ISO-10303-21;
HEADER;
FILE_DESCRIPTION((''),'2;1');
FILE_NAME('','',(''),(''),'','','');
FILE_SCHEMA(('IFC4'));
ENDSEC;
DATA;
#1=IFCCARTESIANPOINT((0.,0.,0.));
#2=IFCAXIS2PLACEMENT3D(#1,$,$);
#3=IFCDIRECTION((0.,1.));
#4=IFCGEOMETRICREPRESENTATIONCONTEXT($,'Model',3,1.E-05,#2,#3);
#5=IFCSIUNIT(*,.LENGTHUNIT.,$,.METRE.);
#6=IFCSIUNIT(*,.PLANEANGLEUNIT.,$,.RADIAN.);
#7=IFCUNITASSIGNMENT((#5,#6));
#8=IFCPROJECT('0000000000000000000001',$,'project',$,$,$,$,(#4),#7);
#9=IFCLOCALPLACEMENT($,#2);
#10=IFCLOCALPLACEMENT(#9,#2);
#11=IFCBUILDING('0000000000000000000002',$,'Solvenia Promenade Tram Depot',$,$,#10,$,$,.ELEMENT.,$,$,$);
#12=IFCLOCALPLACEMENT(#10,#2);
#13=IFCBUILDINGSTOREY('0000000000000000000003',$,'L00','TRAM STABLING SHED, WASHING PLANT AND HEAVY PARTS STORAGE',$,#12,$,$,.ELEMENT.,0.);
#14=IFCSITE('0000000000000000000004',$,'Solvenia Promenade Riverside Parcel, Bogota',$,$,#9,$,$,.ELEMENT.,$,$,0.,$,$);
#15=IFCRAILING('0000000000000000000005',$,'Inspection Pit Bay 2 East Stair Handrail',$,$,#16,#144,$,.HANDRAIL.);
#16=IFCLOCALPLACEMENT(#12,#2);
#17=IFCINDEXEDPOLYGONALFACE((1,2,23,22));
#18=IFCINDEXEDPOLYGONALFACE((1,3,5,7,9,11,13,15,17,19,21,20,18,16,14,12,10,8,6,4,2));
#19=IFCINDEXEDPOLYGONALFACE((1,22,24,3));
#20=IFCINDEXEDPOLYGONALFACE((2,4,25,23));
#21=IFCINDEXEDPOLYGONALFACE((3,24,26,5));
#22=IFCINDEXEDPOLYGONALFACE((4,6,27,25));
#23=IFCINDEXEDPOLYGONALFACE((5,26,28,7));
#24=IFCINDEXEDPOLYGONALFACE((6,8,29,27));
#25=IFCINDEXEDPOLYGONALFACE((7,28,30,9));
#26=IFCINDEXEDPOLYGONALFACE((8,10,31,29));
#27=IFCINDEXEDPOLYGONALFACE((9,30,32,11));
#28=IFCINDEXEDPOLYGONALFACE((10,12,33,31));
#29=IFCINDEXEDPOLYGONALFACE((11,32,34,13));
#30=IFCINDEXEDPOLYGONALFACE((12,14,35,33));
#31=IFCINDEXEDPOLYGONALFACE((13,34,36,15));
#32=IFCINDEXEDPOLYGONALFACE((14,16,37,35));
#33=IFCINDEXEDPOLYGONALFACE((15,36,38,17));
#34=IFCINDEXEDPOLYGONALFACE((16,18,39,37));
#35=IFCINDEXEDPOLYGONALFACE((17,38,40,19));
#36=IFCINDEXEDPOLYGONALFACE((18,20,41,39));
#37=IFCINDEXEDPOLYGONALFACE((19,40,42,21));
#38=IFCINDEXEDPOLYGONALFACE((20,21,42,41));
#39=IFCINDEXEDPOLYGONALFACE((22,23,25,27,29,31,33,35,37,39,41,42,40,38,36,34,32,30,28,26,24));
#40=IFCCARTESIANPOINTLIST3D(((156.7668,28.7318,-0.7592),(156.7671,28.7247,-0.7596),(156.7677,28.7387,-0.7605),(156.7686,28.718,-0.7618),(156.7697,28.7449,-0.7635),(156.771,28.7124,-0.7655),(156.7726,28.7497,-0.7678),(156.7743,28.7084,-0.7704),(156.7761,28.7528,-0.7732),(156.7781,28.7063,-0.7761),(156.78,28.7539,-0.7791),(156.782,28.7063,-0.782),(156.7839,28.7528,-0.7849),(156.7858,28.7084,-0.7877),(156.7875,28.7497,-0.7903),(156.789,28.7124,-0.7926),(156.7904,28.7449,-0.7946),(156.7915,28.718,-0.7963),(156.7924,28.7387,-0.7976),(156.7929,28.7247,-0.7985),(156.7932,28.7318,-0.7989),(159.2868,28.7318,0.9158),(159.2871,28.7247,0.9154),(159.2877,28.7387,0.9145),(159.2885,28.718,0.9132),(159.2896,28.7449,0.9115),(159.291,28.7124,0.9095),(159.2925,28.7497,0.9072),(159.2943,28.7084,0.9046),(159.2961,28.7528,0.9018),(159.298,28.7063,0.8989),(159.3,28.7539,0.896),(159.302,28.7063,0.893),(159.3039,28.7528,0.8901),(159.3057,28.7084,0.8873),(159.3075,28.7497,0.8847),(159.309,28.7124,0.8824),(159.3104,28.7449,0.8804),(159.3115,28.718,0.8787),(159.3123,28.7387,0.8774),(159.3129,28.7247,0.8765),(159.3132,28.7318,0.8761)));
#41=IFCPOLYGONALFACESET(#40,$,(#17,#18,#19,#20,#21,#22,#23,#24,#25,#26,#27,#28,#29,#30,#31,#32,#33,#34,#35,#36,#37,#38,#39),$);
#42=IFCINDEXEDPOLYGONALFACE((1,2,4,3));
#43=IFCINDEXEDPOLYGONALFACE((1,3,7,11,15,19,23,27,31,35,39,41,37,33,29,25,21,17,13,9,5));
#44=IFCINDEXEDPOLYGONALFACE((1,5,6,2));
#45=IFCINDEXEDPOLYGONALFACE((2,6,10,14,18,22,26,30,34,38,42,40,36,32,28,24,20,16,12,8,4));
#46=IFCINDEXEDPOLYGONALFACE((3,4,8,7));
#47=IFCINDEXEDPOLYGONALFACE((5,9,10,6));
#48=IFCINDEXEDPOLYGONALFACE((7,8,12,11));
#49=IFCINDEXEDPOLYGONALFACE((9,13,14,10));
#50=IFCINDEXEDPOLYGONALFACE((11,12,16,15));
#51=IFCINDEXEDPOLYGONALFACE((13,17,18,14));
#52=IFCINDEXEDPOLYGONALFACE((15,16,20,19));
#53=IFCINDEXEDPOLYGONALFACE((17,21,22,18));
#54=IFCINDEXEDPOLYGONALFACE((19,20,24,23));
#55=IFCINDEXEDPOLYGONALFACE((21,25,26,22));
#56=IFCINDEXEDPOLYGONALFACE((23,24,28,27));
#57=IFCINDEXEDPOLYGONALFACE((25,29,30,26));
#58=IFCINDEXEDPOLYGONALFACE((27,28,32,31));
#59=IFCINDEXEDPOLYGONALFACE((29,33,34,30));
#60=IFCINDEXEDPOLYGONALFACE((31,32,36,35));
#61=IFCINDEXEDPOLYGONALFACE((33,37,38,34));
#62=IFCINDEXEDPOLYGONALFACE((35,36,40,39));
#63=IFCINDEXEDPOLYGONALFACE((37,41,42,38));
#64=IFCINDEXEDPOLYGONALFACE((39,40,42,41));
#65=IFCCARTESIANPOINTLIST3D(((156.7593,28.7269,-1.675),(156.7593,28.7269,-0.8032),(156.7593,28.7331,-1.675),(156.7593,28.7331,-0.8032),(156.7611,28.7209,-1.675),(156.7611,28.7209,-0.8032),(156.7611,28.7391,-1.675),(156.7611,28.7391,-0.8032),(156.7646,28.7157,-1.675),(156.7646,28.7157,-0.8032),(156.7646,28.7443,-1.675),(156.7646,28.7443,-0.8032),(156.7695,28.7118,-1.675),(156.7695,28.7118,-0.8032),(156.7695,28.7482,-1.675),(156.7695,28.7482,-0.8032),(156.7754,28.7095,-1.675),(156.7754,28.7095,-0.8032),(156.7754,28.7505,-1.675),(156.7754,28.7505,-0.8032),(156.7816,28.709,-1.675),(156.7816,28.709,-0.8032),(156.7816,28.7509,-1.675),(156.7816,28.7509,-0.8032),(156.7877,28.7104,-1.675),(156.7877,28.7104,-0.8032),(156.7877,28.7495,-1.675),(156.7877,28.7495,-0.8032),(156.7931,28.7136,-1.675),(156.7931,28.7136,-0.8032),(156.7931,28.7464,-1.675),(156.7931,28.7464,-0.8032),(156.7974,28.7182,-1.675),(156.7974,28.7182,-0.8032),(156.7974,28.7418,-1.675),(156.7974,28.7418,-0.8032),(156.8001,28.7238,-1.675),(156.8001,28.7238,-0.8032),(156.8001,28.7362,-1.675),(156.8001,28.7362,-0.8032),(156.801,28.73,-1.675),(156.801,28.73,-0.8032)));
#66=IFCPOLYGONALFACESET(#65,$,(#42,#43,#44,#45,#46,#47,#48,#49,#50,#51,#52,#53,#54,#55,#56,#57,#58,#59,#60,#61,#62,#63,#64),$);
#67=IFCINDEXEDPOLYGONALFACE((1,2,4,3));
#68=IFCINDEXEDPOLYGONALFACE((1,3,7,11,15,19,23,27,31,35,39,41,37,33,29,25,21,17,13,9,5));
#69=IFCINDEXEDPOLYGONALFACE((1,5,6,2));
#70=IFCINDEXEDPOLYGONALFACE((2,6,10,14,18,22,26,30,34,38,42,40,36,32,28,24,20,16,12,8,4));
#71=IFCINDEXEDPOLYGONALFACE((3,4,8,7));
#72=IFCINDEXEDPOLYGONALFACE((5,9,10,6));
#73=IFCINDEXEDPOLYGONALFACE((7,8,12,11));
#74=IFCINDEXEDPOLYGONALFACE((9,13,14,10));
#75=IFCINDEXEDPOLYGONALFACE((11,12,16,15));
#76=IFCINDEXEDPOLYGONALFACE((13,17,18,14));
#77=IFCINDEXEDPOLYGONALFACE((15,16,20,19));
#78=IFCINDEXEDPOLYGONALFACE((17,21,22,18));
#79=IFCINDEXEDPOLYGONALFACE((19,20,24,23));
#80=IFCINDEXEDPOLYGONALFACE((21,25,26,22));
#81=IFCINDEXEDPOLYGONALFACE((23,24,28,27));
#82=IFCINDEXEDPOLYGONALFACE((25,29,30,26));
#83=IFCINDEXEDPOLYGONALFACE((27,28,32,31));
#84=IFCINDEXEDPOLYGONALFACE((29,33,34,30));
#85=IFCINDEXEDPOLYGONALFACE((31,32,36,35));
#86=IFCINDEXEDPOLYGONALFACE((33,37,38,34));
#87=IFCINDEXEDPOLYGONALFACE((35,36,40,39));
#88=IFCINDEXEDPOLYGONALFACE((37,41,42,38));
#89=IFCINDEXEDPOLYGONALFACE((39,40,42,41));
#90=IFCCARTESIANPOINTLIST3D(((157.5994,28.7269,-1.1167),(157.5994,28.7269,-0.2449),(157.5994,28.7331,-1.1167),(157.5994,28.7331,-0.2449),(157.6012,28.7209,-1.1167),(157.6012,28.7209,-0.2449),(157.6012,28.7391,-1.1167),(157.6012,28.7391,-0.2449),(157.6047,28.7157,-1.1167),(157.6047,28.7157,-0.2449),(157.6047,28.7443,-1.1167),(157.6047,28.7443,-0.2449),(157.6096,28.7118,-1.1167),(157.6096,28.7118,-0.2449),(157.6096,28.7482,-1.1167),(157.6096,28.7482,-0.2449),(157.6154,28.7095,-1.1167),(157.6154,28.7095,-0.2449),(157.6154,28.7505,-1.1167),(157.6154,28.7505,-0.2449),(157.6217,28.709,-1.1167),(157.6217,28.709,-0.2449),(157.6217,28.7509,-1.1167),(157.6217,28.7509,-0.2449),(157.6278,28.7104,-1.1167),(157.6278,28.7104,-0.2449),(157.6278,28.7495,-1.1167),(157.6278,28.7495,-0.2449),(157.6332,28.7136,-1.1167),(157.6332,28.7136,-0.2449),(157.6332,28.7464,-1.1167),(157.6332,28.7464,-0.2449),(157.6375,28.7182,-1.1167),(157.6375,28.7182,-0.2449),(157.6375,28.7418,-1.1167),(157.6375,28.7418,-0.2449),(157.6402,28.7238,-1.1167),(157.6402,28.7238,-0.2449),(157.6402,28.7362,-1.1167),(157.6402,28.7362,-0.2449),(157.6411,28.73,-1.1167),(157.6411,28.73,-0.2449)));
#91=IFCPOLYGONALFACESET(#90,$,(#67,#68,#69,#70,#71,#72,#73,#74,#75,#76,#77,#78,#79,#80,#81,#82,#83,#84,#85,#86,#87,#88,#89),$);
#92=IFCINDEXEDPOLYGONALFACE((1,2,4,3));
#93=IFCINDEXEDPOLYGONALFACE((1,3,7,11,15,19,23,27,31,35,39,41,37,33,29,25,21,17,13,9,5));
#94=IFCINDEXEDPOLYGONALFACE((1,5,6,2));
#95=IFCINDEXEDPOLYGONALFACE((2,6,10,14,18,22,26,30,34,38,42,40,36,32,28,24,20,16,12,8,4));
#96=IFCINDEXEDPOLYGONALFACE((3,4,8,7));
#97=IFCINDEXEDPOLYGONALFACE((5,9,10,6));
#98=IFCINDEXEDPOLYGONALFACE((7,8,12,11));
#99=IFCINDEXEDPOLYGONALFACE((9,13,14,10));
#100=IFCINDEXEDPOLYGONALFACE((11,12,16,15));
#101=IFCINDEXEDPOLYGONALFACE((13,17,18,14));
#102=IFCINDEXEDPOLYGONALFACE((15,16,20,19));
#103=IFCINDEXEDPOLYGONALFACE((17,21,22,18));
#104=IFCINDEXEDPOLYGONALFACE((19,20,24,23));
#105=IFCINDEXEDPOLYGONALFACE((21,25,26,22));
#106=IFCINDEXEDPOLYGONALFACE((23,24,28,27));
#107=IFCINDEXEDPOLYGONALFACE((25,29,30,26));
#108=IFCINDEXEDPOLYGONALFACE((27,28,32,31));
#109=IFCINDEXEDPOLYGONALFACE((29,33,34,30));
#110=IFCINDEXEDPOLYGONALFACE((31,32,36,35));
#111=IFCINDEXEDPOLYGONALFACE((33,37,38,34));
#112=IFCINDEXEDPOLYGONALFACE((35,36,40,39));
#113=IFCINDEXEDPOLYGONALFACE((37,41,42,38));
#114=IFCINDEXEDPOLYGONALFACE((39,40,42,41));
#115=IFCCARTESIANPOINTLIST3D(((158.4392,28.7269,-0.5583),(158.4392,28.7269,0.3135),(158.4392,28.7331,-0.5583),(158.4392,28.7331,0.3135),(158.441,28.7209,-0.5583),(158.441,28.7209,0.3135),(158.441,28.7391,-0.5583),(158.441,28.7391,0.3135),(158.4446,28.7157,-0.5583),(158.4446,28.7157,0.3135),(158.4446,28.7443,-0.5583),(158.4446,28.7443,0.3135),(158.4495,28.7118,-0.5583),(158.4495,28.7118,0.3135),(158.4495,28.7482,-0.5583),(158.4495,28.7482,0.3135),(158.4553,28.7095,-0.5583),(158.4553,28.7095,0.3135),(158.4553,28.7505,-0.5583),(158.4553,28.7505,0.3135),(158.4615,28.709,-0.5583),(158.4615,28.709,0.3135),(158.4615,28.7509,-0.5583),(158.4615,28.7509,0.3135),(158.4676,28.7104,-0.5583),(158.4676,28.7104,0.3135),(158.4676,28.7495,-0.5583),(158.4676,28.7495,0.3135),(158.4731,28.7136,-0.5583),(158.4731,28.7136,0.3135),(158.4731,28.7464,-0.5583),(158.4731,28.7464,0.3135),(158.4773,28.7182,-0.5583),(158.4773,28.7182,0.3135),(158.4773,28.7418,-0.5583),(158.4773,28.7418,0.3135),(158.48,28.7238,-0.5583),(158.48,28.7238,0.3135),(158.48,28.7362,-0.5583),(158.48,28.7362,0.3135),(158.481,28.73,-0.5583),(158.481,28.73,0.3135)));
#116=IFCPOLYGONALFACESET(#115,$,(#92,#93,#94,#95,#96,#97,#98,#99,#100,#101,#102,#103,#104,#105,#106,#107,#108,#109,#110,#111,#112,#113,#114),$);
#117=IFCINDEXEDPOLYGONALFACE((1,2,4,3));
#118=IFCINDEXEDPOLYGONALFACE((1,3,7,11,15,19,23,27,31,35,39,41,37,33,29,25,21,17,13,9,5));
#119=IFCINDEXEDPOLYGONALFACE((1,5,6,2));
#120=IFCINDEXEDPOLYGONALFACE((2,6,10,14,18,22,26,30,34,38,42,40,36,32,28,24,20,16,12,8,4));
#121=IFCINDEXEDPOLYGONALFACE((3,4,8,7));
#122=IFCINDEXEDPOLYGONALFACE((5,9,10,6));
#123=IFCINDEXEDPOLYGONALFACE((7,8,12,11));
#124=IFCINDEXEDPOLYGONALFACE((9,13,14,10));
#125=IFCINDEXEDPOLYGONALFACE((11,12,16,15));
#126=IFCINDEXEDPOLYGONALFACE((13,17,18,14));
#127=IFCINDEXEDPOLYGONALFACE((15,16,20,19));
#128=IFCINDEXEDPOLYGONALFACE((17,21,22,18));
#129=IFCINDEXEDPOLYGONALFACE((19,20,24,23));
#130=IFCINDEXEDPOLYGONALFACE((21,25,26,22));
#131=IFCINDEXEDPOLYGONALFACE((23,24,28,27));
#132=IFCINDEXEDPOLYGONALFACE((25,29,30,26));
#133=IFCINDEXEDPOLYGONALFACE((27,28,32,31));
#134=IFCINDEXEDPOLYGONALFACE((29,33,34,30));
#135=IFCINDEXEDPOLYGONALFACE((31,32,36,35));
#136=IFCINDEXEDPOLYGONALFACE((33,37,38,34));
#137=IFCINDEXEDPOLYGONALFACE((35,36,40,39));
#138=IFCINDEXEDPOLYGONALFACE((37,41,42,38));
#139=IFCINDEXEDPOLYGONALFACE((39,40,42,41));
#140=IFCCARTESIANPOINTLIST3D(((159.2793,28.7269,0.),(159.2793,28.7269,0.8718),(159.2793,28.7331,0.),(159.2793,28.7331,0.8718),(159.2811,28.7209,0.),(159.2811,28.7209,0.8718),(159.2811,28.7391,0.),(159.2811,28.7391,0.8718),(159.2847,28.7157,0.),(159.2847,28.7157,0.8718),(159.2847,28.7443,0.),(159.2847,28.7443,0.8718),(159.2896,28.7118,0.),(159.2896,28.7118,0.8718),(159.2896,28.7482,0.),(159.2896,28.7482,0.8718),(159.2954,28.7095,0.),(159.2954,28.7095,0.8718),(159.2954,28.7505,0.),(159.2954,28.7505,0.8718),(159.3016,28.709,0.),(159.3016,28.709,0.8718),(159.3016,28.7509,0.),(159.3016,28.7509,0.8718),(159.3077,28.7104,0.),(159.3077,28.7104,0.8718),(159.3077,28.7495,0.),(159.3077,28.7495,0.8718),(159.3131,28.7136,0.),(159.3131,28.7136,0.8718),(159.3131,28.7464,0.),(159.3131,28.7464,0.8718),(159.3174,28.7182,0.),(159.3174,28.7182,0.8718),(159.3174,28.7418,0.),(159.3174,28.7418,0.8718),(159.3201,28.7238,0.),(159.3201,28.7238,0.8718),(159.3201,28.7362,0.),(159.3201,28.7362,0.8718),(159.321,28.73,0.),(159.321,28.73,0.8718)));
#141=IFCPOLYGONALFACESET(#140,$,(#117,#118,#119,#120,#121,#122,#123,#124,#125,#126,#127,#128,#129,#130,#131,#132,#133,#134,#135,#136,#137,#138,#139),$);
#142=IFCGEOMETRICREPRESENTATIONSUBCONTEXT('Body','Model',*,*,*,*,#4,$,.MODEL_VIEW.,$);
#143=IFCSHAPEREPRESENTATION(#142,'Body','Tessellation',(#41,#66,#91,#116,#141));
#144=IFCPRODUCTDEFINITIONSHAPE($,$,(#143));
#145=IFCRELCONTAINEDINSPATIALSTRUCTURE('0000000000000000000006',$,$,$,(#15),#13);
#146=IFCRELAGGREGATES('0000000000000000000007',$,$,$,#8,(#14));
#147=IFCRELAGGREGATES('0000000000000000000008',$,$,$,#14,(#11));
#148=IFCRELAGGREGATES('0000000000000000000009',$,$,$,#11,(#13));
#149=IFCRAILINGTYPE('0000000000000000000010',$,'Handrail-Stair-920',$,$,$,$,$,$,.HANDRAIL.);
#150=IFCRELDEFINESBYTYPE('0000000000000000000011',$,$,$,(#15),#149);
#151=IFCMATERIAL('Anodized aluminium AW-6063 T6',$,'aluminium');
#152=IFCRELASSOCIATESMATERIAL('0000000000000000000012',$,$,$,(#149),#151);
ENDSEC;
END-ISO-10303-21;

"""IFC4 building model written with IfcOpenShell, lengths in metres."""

from ifc_helpers import new_model, si_unit, direction, frame, origin, origin_2d, place, context, subcontext, project, spatial, circle, extrude, material, type_object, element, save


model = new_model("IFC4")

# Units and contexts
model_context = context("Model", 3, precision=1e-05, world=origin(), true_north=direction((0.0, 1.0)))
body_context = subcontext(model_context, "Body", "Model", "MODEL_VIEW")
ifc_project = project(units=[si_unit("LENGTHUNIT", "METRE"), si_unit("PLANEANGLEUNIT", "RADIAN")], contexts=[model_context])

# Site, building, storey
site_placement = place(None, origin())
site = spatial("IfcSite", under=ifc_project, at=site_placement, Name="Solvenia Promenade Riverside Parcel, Bogota", CompositionType="ELEMENT", RefElevation=0.0)
building_placement = place(site_placement, origin())
building = spatial("IfcBuilding", under=site, at=building_placement, Name="Solvenia Promenade Tram Depot", CompositionType="ELEMENT")
storey_placement = place(building_placement, origin())
storey = spatial("IfcBuildingStorey", under=building, at=storey_placement, Name="L00", Description="TRAM STABLING SHED, WASHING PLANT AND HEAVY PARTS STORAGE", CompositionType="ELEMENT", Elevation=0.0)

# Shared definitions
ifc_material_1 = material(Name="Anodized aluminium AW-6063 T6", Category="aluminium")

# Railing
railing_type_1 = type_object("IfcRailingType", Name="Handrail-Stair-920", PredefinedType="HANDRAIL", material=ifc_material_1)
for number, where, name in (
    (1, (156.78, 28.73, -1.675), "Inspection Pit Bay 2 East Stair Handrail"),
):
    element("IfcRailing", number, at=place(storey_placement, frame(where)), inside=storey, type_object=railing_type_1, Name=name, PredefinedType="HANDRAIL", context=body_context, shape_type="SweptSolid", body=[
        extrude(circle(Radius=0.0239, at=origin_2d()), frame((0.0, 0.0, 0.896), z_axis=(0.832807, 0.0, 0.553564), x_axis=(0.0, 1.0, 0.0)), (0.0, 0.0, 1.0), 3.0259),
        extrude(circle(Radius=0.021, at=origin_2d()), origin(), (0.0, 0.0, 1.0), 0.8718),
        extrude(circle(Radius=0.021, at=origin_2d()), frame((0.8401, 0.0, 0.5583)), (0.0, 0.0, 1.0), 0.8718),
        extrude(circle(Radius=0.021, at=origin_2d()), frame((1.6799, 0.0, 1.1167)), (0.0, 0.0, 1.0), 0.8718),
        extrude(circle(Radius=0.021, at=origin_2d()), frame((2.52, 0.0, 1.675)), (0.0, 0.0, 1.0), 0.8718),
    ])

save(model, "model.ifc")
